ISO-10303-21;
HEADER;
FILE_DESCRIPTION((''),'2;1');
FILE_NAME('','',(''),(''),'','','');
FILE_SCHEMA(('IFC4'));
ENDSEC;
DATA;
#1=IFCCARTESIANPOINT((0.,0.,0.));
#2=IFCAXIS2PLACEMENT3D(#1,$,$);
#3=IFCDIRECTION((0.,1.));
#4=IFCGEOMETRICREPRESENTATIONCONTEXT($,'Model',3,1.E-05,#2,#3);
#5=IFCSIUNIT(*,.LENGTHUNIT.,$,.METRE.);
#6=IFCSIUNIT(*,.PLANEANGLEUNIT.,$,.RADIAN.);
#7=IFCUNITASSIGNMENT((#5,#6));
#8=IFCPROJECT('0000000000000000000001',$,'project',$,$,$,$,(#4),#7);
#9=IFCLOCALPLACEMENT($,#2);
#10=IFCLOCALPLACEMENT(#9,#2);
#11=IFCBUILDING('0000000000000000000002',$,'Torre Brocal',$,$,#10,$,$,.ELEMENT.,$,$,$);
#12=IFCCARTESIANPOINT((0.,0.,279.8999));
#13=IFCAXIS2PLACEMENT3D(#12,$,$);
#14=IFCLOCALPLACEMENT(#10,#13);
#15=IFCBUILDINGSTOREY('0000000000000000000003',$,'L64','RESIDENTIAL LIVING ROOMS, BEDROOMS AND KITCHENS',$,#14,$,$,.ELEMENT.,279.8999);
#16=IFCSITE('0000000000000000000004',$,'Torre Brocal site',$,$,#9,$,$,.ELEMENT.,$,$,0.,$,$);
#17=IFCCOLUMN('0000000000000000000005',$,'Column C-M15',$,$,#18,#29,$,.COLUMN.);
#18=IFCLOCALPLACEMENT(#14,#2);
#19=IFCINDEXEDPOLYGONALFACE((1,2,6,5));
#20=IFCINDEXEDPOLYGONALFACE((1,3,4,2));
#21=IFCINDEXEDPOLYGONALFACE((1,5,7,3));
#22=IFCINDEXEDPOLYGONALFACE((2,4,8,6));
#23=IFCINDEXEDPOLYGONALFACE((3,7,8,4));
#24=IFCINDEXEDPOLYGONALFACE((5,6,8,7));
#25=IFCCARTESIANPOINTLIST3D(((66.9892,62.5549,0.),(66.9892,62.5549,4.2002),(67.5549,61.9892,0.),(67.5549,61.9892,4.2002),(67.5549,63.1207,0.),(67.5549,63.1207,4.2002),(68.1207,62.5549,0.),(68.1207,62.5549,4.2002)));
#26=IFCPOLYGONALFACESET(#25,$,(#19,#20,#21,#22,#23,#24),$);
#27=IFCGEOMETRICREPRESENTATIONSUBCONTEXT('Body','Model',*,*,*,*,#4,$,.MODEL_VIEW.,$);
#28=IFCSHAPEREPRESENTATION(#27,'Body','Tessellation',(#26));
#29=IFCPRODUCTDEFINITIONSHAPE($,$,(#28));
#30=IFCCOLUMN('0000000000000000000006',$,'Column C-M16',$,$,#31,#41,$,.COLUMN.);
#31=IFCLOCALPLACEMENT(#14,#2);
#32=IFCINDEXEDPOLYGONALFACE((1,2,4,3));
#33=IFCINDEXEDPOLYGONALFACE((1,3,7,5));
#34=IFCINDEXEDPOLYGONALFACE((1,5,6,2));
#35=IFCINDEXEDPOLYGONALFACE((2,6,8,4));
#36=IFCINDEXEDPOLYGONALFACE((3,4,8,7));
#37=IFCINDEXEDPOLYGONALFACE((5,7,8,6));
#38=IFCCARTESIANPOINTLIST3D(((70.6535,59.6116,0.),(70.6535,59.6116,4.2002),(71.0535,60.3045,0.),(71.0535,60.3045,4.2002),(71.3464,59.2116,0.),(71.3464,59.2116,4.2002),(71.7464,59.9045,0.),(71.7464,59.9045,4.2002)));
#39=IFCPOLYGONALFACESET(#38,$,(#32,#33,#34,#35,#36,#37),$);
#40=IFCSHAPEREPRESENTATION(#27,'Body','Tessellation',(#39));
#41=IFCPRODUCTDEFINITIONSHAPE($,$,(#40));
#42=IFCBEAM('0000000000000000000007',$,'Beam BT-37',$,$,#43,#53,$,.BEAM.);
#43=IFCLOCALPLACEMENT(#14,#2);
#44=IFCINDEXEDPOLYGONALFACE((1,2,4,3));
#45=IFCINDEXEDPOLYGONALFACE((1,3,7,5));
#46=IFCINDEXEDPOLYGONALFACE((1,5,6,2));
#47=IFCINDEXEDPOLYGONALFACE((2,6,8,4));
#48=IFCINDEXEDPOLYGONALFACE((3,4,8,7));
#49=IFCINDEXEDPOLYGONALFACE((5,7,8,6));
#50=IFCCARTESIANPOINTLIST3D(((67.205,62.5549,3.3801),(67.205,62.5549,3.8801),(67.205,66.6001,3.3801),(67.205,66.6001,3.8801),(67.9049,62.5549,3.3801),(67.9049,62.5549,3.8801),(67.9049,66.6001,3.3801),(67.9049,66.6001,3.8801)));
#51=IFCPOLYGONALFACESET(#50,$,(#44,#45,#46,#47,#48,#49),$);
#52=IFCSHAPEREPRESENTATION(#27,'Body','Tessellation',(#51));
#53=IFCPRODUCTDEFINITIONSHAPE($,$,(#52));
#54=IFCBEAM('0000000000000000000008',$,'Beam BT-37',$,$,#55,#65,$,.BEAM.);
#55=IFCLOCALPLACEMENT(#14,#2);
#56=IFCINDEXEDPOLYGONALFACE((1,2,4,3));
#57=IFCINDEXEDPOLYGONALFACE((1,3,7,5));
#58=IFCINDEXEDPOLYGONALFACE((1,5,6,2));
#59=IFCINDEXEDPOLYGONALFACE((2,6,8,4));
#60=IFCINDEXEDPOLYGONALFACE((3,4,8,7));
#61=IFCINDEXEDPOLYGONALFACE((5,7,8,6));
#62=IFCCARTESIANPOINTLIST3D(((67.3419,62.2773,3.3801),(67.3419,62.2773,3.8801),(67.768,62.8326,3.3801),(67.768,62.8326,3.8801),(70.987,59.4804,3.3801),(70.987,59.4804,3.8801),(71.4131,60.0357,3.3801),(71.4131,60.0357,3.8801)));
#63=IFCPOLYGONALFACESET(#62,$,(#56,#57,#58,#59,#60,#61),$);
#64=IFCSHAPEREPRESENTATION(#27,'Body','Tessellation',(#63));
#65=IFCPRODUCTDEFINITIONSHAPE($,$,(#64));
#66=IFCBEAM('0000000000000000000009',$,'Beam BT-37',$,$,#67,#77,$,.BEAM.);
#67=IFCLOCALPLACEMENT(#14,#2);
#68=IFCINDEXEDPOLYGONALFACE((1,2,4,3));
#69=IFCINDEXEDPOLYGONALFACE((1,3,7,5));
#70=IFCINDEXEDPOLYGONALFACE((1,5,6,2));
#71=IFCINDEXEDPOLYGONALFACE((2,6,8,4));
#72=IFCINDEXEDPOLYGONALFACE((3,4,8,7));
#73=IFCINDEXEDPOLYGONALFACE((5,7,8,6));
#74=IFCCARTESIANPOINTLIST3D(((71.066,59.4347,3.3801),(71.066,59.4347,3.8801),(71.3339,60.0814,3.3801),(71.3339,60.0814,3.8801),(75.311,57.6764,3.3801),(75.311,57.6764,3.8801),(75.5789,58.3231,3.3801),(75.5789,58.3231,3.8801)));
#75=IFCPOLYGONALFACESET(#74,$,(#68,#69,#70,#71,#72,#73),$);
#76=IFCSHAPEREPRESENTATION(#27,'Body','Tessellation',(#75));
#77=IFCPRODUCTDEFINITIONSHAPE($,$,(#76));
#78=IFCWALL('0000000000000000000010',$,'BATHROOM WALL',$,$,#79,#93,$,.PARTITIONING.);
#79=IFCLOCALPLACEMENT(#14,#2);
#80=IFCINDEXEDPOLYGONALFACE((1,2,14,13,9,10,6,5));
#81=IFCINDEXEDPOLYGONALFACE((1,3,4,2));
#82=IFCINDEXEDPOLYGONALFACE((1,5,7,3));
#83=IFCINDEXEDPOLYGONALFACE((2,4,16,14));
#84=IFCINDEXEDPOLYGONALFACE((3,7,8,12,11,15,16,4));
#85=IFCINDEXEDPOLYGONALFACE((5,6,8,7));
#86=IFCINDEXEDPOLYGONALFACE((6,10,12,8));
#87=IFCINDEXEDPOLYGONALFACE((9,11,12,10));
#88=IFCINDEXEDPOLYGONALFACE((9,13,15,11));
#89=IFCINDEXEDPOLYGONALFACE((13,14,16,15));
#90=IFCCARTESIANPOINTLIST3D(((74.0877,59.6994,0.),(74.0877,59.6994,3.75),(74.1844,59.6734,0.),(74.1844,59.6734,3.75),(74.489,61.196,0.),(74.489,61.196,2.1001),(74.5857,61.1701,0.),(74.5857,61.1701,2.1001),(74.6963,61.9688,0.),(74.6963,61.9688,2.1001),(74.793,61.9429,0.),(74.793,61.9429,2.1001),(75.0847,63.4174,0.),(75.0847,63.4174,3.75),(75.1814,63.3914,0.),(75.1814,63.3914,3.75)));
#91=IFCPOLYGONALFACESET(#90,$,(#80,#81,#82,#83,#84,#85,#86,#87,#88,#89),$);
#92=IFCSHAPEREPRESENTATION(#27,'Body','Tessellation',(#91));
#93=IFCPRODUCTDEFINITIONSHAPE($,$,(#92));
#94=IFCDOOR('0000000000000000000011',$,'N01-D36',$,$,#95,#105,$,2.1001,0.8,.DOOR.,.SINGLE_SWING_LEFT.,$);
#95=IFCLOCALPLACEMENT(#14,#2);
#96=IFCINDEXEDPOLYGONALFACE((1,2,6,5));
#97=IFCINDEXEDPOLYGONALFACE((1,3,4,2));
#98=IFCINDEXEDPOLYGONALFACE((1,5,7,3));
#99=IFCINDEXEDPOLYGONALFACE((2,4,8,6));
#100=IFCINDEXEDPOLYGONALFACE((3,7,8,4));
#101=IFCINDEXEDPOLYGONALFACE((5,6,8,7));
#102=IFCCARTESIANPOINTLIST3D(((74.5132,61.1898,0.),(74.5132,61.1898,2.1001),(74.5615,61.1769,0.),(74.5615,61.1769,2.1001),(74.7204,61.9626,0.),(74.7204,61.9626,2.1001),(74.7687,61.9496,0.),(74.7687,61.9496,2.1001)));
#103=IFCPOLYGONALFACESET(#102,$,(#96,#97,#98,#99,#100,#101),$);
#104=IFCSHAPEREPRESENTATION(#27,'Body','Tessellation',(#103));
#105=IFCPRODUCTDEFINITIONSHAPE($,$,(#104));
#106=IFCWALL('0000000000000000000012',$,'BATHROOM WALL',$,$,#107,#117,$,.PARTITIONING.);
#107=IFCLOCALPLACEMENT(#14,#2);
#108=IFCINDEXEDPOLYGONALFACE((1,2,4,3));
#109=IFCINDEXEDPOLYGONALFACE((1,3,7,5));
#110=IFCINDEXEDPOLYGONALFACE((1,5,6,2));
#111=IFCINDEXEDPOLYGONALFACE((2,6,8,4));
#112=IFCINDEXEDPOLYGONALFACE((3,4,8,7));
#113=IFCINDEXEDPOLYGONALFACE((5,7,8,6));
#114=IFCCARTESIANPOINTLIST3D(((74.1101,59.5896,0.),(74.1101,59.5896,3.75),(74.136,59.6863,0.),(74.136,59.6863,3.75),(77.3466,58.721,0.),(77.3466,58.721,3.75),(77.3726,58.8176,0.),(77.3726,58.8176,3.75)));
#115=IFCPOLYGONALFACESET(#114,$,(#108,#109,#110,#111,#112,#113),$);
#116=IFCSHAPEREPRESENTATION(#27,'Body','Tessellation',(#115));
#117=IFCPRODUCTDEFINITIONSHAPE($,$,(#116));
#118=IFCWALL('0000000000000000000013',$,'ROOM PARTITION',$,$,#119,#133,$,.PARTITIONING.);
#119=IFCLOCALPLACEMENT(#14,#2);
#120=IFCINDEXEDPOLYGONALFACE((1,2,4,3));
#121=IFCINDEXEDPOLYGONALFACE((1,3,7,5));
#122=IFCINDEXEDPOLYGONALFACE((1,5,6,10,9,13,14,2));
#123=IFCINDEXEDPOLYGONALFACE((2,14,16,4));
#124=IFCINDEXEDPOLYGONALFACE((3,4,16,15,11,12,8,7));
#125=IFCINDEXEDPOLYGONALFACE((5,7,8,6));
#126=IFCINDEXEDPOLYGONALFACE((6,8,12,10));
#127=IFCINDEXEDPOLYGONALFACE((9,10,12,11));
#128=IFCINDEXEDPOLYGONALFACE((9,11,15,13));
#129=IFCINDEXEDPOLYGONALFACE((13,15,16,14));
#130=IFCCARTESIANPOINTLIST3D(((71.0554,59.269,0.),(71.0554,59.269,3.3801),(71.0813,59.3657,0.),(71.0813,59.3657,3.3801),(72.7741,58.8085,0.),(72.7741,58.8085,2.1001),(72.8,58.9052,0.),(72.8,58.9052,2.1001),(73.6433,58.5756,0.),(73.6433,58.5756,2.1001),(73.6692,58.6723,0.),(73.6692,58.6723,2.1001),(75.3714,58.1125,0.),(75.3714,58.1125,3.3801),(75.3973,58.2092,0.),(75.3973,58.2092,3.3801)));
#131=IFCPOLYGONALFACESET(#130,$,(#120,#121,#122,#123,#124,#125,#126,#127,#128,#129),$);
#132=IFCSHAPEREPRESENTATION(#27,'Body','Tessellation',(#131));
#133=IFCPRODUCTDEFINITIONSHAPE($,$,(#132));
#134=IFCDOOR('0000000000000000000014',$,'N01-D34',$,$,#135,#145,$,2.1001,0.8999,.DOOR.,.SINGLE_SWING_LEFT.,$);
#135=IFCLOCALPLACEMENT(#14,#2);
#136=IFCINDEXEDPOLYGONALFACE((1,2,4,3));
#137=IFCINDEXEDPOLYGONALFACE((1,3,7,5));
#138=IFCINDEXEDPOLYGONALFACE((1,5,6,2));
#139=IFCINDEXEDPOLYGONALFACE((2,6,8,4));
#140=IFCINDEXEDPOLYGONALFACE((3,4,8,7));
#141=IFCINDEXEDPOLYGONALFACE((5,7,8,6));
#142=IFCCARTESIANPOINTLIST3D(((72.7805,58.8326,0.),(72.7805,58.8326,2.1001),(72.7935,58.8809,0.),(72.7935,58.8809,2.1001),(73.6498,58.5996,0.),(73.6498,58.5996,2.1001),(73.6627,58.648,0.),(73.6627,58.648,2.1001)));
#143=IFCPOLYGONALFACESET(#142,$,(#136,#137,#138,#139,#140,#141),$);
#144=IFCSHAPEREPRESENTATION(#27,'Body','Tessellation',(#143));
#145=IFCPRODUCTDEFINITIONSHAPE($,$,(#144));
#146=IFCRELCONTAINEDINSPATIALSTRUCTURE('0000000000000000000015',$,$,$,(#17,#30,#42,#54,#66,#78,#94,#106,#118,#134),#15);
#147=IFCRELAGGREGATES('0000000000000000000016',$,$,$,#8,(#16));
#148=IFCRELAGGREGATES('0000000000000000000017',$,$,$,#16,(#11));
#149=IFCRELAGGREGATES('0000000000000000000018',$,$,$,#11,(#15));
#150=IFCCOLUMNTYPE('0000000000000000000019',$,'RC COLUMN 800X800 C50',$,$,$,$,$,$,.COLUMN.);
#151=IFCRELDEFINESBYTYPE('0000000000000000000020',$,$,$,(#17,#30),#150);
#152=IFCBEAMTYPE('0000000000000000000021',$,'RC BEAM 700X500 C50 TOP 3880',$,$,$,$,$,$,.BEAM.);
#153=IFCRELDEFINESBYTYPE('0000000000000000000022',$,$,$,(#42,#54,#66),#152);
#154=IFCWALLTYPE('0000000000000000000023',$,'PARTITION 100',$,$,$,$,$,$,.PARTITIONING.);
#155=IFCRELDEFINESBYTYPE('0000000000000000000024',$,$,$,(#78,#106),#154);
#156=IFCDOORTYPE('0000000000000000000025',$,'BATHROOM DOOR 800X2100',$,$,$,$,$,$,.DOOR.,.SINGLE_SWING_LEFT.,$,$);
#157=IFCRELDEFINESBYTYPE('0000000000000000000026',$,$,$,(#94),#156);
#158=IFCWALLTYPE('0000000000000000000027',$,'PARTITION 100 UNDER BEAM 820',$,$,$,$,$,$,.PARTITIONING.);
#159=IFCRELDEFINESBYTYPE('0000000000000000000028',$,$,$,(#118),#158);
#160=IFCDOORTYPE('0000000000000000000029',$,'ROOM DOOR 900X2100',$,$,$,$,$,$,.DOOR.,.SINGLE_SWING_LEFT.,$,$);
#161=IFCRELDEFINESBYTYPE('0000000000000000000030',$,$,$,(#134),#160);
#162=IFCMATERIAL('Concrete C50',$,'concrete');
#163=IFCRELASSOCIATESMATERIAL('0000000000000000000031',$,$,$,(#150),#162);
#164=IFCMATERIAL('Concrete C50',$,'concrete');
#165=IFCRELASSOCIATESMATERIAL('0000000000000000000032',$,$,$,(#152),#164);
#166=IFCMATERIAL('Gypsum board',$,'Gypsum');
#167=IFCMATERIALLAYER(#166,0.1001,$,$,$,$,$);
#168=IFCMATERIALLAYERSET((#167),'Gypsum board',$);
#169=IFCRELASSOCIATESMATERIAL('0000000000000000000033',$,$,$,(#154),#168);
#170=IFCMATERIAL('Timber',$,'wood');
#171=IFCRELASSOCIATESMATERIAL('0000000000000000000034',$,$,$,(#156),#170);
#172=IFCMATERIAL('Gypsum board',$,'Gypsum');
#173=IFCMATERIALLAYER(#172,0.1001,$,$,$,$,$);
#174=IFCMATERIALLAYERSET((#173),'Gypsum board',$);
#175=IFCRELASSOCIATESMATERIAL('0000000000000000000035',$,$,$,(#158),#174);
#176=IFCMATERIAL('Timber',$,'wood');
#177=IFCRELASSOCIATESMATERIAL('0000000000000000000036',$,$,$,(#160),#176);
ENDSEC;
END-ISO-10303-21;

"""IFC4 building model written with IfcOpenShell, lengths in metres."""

from ifc_helpers import new_model, si_unit, direction, frame, frame_2d, origin, origin_2d, place, context, subcontext, project, spatial, rectangle, extrude, material, layer, layer_set, material_profile, profile_set, type_object, element, fill, save


model = new_model("IFC4")

# Units and contexts
model_context = context("Model", 3, precision=1e-05, world=origin(), true_north=direction((0.0, 1.0)))
body_context = subcontext(model_context, "Body", "Model", "MODEL_VIEW")
ifc_project = project(units=[si_unit("LENGTHUNIT", "METRE"), si_unit("PLANEANGLEUNIT", "RADIAN")], contexts=[model_context])

# Site, building, storey
site_placement = place(None, origin())
site = spatial("IfcSite", under=ifc_project, at=site_placement, Name="Torre Brocal site", CompositionType="ELEMENT", RefElevation=0.0)
building_placement = place(site_placement, origin())
building = spatial("IfcBuilding", under=site, at=building_placement, Name="Torre Brocal", CompositionType="ELEMENT")
storey_placement = place(building_placement, frame((0.0, 0.0, 279.8999)))
storey = spatial("IfcBuildingStorey", under=building, at=storey_placement, Name="L64", Description="RESIDENTIAL LIVING ROOMS, BEDROOMS AND KITCHENS", CompositionType="ELEMENT", Elevation=279.8999)

# Columns
ifc_material_1 = material(Name="Concrete C50", Category="concrete")
ifc_material_profile_1 = material_profile(ifc_material_1, rectangle(XDim=0.8, YDim=0.8, at=origin_2d()), Name="RC 800X800")
ifc_profile_set_1 = profile_set([ifc_material_profile_1], Name="Concrete C50")
column_type = type_object("IfcColumnType", Name="RC COLUMN 800X800 C50", PredefinedType="COLUMN", material=ifc_profile_set_1)
for number, where, z_axis, x_axis, name in (
    (1, (67.5549, 62.5549, 0.0), (0.0, 0.0, 1.0), (-0.707107, -0.707107, 0.0), "Column C-M15"),
    (2, (71.2, 59.7581, 0.0), (0.0, 0.0, 1.0), (-0.5, -0.866025, 0.0), "Column C-M16"),
):
    element("IfcColumn", number, at=place(storey_placement, frame(where, z_axis=z_axis, x_axis=x_axis)), inside=storey, type_object=column_type, Name=name, PredefinedType="COLUMN", context=body_context, shape_type="SweptSolid", body=[
        extrude(rectangle(XDim=0.8, YDim=0.8, at=origin_2d()), origin(), (0.0, 0.0, 1.0), 4.2002),
    ])

# Beams
ifc_material_2 = material(Name="Concrete C50", Category="concrete")
ifc_material_profile_2 = material_profile(ifc_material_2, rectangle(XDim=0.7, YDim=0.5, at=origin_2d()), Name="RC 700X500")
ifc_profile_set_2 = profile_set([ifc_material_profile_2], Name="Concrete C50")
beam_type = type_object("IfcBeamType", Name="RC BEAM 700X500 C50 TOP 3880", PredefinedType="BEAM", material=ifc_profile_set_2)
beam_1_placement = place(storey_placement, frame((67.5549, 62.5549, 3.6301), z_axis=(0.0, 1.0, 0.0), x_axis=(-1.0, 0.0, 0.0)))
element("IfcBeam", 3, at=beam_1_placement, inside=storey, type_object=beam_type, Name="Beam BT-37", PredefinedType="BEAM", context=body_context, shape_type="SweptSolid", body=[
    extrude(rectangle(XDim=0.7, YDim=0.5, at=origin_2d()), origin(), (0.0, 0.0, 1.0), 4.0452),
])
beam_2_placement = place(storey_placement, frame((67.5549, 62.5549, 3.6301), z_axis=(0.793358, -0.608755, 0.0), x_axis=(0.608755, 0.793358, 0.0)))
element("IfcBeam", 4, at=beam_2_placement, inside=storey, type_object=beam_type, Name="Beam BT-37", PredefinedType="BEAM", context=body_context, shape_type="SweptSolid", body=[
    extrude(rectangle(XDim=0.7, YDim=0.5, at=origin_2d()), origin(), (0.0, 0.0, 1.0), 4.5945),
])
beam_3_placement = place(storey_placement, frame((71.2, 59.7581, 3.6301), z_axis=(0.923878, -0.382687, 0.0), x_axis=(0.382687, 0.923878, 0.0)))
element("IfcBeam", 5, at=beam_3_placement, inside=storey, type_object=beam_type, Name="Beam BT-37", PredefinedType="BEAM", context=body_context, shape_type="SweptSolid", body=[
    extrude(rectangle(XDim=0.7, YDim=0.5, at=origin_2d()), origin(), (0.0, 0.0, 1.0), 4.5947),
])

# Wall, opening, door
ifc_material_3 = material(Name="Gypsum board", Category="Gypsum")
ifc_layer_1 = layer(ifc_material_3, 0.1001)
ifc_layer_set_1 = layer_set([ifc_layer_1], Name="Gypsum board")
wall_type_1 = type_object("IfcWallType", Name="PARTITION 100", PredefinedType="PARTITIONING", material=ifc_layer_set_1)
wall_1_placement = place(storey_placement, frame((74.136, 59.6863, 0.0), z_axis=(0.0, 0.0, 1.0), x_axis=(0.25902, 0.965872, 0.0)))
wall_1 = element("IfcWall", 6, at=wall_1_placement, inside=storey, type_object=wall_type_1, Name="BATHROOM WALL", PredefinedType="PARTITIONING", context=body_context, shape_type="SweptSolid", body=[
    extrude(rectangle(XDim=3.8494, YDim=0.1001, at=frame_2d((1.9248, 0.0))), origin(), (0.0, 0.0, 1.0), 3.75),
])
opening_1_placement = place(wall_1_placement, frame((1.5498, 0.0, 0.0)))
opening_1 = element("IfcOpeningElement", 7, at=opening_1_placement, cuts=wall_1, PredefinedType="OPENING", context=body_context, shape_type="SweptSolid", body=[
    extrude(rectangle(XDim=0.8, YDim=2.1001, at=frame_2d((0.3999, 1.05))), frame((0.0, 0.0601, 0.0), z_axis=(0.0, -1.0, 0.0), x_axis=(1.0, 0.0, 0.0)), (0.0, 0.0, 1.0), 0.1201),
])
ifc_material_4 = material(Name="Timber", Category="wood")
door_type_1 = type_object("IfcDoorType", Name="BATHROOM DOOR 800X2100", OperationType="SINGLE_SWING_LEFT", PredefinedType="DOOR", material=ifc_material_4)
door_1_placement = place(opening_1_placement, frame((0.8, 0.0, 0.0), z_axis=(0.0, 0.0, 1.0), x_axis=(-1.0, 0.0, 0.0)))
door_1 = element("IfcDoor", 8, at=door_1_placement, inside=storey, type_object=door_type_1, Name="N01-D36", OperationType="SINGLE_SWING_LEFT", OverallHeight=2.1001, OverallWidth=0.8, PredefinedType="DOOR", context=body_context, shape_type="SweptSolid", body=[
    extrude(rectangle(XDim=0.8, YDim=2.1001, at=frame_2d((0.3999, 1.05))), frame((0.0, 0.0249, 0.0), z_axis=(0.0, -1.0, 0.0), x_axis=(1.0, 0.0, 0.0)), (0.0, 0.0, 1.0), 0.05),
])
fill(opening_1, door_1)

# Wall
wall_2_placement = place(storey_placement, frame((74.123, 59.6379, 0.0), z_axis=(0.0, 0.0, 1.0), x_axis=(0.96582, -0.259213, 0.0)))
element("IfcWall", 9, at=wall_2_placement, inside=storey, type_object=wall_type_1, Name="BATHROOM WALL", PredefinedType="PARTITIONING", context=body_context, shape_type="SweptSolid", body=[
    extrude(rectangle(XDim=3.3511, YDim=0.1001, at=frame_2d((1.6755, 0.0))), origin(), (0.0, 0.0, 1.0), 3.75),
])

# Wall, opening, door
ifc_material_5 = material(Name="Gypsum board", Category="Gypsum")
ifc_layer_2 = layer(ifc_material_5, 0.1001)
ifc_layer_set_2 = layer_set([ifc_layer_2], Name="Gypsum board")
wall_type_2 = type_object("IfcWallType", Name="PARTITION 100 UNDER BEAM 820", PredefinedType="PARTITIONING", material=ifc_layer_set_2)
wall_3_placement = place(storey_placement, frame((71.0684, 59.3174, 0.0), z_axis=(0.0, 0.0, 1.0), x_axis=(0.965923, -0.258829, 0.0)))
wall_3 = element("IfcWall", 10, at=wall_3_placement, inside=storey, type_object=wall_type_2, Name="ROOM PARTITION", PredefinedType="PARTITIONING", context=body_context, shape_type="SweptSolid", body=[
    extrude(rectangle(XDim=4.4683, YDim=0.1001, at=frame_2d((2.2341, 0.0))), origin(), (0.0, 0.0, 1.0), 3.3801),
])
opening_2_placement = place(wall_3_placement, frame((1.7793, 0.0, 0.0)))
opening_2 = element("IfcOpeningElement", 11, at=opening_2_placement, cuts=wall_3, PredefinedType="OPENING", context=body_context, shape_type="SweptSolid", body=[
    extrude(rectangle(XDim=0.8999, YDim=2.1001, at=frame_2d((0.45, 1.05))), frame((0.0, 0.0601, 0.0), z_axis=(0.0, -1.0, 0.0), x_axis=(1.0, 0.0, 0.0)), (0.0, 0.0, 1.0), 0.1201),
])
ifc_material_6 = material(Name="Timber", Category="wood")
door_type_2 = type_object("IfcDoorType", Name="ROOM DOOR 900X2100", OperationType="SINGLE_SWING_LEFT", PredefinedType="DOOR", material=ifc_material_6)
door_2_placement = place(opening_2_placement, origin())
door_2 = element("IfcDoor", 12, at=door_2_placement, inside=storey, type_object=door_type_2, Name="N01-D34", OperationType="SINGLE_SWING_LEFT", OverallHeight=2.1001, OverallWidth=0.8999, PredefinedType="DOOR", context=body_context, shape_type="SweptSolid", body=[
    extrude(rectangle(XDim=0.8999, YDim=2.1001, at=frame_2d((0.45, 1.05))), frame((0.0, 0.0249, 0.0), z_axis=(0.0, -1.0, 0.0), x_axis=(1.0, 0.0, 0.0)), (0.0, 0.0, 1.0), 0.05),
])
fill(opening_2, door_2)

save(model, "model.ifc")
